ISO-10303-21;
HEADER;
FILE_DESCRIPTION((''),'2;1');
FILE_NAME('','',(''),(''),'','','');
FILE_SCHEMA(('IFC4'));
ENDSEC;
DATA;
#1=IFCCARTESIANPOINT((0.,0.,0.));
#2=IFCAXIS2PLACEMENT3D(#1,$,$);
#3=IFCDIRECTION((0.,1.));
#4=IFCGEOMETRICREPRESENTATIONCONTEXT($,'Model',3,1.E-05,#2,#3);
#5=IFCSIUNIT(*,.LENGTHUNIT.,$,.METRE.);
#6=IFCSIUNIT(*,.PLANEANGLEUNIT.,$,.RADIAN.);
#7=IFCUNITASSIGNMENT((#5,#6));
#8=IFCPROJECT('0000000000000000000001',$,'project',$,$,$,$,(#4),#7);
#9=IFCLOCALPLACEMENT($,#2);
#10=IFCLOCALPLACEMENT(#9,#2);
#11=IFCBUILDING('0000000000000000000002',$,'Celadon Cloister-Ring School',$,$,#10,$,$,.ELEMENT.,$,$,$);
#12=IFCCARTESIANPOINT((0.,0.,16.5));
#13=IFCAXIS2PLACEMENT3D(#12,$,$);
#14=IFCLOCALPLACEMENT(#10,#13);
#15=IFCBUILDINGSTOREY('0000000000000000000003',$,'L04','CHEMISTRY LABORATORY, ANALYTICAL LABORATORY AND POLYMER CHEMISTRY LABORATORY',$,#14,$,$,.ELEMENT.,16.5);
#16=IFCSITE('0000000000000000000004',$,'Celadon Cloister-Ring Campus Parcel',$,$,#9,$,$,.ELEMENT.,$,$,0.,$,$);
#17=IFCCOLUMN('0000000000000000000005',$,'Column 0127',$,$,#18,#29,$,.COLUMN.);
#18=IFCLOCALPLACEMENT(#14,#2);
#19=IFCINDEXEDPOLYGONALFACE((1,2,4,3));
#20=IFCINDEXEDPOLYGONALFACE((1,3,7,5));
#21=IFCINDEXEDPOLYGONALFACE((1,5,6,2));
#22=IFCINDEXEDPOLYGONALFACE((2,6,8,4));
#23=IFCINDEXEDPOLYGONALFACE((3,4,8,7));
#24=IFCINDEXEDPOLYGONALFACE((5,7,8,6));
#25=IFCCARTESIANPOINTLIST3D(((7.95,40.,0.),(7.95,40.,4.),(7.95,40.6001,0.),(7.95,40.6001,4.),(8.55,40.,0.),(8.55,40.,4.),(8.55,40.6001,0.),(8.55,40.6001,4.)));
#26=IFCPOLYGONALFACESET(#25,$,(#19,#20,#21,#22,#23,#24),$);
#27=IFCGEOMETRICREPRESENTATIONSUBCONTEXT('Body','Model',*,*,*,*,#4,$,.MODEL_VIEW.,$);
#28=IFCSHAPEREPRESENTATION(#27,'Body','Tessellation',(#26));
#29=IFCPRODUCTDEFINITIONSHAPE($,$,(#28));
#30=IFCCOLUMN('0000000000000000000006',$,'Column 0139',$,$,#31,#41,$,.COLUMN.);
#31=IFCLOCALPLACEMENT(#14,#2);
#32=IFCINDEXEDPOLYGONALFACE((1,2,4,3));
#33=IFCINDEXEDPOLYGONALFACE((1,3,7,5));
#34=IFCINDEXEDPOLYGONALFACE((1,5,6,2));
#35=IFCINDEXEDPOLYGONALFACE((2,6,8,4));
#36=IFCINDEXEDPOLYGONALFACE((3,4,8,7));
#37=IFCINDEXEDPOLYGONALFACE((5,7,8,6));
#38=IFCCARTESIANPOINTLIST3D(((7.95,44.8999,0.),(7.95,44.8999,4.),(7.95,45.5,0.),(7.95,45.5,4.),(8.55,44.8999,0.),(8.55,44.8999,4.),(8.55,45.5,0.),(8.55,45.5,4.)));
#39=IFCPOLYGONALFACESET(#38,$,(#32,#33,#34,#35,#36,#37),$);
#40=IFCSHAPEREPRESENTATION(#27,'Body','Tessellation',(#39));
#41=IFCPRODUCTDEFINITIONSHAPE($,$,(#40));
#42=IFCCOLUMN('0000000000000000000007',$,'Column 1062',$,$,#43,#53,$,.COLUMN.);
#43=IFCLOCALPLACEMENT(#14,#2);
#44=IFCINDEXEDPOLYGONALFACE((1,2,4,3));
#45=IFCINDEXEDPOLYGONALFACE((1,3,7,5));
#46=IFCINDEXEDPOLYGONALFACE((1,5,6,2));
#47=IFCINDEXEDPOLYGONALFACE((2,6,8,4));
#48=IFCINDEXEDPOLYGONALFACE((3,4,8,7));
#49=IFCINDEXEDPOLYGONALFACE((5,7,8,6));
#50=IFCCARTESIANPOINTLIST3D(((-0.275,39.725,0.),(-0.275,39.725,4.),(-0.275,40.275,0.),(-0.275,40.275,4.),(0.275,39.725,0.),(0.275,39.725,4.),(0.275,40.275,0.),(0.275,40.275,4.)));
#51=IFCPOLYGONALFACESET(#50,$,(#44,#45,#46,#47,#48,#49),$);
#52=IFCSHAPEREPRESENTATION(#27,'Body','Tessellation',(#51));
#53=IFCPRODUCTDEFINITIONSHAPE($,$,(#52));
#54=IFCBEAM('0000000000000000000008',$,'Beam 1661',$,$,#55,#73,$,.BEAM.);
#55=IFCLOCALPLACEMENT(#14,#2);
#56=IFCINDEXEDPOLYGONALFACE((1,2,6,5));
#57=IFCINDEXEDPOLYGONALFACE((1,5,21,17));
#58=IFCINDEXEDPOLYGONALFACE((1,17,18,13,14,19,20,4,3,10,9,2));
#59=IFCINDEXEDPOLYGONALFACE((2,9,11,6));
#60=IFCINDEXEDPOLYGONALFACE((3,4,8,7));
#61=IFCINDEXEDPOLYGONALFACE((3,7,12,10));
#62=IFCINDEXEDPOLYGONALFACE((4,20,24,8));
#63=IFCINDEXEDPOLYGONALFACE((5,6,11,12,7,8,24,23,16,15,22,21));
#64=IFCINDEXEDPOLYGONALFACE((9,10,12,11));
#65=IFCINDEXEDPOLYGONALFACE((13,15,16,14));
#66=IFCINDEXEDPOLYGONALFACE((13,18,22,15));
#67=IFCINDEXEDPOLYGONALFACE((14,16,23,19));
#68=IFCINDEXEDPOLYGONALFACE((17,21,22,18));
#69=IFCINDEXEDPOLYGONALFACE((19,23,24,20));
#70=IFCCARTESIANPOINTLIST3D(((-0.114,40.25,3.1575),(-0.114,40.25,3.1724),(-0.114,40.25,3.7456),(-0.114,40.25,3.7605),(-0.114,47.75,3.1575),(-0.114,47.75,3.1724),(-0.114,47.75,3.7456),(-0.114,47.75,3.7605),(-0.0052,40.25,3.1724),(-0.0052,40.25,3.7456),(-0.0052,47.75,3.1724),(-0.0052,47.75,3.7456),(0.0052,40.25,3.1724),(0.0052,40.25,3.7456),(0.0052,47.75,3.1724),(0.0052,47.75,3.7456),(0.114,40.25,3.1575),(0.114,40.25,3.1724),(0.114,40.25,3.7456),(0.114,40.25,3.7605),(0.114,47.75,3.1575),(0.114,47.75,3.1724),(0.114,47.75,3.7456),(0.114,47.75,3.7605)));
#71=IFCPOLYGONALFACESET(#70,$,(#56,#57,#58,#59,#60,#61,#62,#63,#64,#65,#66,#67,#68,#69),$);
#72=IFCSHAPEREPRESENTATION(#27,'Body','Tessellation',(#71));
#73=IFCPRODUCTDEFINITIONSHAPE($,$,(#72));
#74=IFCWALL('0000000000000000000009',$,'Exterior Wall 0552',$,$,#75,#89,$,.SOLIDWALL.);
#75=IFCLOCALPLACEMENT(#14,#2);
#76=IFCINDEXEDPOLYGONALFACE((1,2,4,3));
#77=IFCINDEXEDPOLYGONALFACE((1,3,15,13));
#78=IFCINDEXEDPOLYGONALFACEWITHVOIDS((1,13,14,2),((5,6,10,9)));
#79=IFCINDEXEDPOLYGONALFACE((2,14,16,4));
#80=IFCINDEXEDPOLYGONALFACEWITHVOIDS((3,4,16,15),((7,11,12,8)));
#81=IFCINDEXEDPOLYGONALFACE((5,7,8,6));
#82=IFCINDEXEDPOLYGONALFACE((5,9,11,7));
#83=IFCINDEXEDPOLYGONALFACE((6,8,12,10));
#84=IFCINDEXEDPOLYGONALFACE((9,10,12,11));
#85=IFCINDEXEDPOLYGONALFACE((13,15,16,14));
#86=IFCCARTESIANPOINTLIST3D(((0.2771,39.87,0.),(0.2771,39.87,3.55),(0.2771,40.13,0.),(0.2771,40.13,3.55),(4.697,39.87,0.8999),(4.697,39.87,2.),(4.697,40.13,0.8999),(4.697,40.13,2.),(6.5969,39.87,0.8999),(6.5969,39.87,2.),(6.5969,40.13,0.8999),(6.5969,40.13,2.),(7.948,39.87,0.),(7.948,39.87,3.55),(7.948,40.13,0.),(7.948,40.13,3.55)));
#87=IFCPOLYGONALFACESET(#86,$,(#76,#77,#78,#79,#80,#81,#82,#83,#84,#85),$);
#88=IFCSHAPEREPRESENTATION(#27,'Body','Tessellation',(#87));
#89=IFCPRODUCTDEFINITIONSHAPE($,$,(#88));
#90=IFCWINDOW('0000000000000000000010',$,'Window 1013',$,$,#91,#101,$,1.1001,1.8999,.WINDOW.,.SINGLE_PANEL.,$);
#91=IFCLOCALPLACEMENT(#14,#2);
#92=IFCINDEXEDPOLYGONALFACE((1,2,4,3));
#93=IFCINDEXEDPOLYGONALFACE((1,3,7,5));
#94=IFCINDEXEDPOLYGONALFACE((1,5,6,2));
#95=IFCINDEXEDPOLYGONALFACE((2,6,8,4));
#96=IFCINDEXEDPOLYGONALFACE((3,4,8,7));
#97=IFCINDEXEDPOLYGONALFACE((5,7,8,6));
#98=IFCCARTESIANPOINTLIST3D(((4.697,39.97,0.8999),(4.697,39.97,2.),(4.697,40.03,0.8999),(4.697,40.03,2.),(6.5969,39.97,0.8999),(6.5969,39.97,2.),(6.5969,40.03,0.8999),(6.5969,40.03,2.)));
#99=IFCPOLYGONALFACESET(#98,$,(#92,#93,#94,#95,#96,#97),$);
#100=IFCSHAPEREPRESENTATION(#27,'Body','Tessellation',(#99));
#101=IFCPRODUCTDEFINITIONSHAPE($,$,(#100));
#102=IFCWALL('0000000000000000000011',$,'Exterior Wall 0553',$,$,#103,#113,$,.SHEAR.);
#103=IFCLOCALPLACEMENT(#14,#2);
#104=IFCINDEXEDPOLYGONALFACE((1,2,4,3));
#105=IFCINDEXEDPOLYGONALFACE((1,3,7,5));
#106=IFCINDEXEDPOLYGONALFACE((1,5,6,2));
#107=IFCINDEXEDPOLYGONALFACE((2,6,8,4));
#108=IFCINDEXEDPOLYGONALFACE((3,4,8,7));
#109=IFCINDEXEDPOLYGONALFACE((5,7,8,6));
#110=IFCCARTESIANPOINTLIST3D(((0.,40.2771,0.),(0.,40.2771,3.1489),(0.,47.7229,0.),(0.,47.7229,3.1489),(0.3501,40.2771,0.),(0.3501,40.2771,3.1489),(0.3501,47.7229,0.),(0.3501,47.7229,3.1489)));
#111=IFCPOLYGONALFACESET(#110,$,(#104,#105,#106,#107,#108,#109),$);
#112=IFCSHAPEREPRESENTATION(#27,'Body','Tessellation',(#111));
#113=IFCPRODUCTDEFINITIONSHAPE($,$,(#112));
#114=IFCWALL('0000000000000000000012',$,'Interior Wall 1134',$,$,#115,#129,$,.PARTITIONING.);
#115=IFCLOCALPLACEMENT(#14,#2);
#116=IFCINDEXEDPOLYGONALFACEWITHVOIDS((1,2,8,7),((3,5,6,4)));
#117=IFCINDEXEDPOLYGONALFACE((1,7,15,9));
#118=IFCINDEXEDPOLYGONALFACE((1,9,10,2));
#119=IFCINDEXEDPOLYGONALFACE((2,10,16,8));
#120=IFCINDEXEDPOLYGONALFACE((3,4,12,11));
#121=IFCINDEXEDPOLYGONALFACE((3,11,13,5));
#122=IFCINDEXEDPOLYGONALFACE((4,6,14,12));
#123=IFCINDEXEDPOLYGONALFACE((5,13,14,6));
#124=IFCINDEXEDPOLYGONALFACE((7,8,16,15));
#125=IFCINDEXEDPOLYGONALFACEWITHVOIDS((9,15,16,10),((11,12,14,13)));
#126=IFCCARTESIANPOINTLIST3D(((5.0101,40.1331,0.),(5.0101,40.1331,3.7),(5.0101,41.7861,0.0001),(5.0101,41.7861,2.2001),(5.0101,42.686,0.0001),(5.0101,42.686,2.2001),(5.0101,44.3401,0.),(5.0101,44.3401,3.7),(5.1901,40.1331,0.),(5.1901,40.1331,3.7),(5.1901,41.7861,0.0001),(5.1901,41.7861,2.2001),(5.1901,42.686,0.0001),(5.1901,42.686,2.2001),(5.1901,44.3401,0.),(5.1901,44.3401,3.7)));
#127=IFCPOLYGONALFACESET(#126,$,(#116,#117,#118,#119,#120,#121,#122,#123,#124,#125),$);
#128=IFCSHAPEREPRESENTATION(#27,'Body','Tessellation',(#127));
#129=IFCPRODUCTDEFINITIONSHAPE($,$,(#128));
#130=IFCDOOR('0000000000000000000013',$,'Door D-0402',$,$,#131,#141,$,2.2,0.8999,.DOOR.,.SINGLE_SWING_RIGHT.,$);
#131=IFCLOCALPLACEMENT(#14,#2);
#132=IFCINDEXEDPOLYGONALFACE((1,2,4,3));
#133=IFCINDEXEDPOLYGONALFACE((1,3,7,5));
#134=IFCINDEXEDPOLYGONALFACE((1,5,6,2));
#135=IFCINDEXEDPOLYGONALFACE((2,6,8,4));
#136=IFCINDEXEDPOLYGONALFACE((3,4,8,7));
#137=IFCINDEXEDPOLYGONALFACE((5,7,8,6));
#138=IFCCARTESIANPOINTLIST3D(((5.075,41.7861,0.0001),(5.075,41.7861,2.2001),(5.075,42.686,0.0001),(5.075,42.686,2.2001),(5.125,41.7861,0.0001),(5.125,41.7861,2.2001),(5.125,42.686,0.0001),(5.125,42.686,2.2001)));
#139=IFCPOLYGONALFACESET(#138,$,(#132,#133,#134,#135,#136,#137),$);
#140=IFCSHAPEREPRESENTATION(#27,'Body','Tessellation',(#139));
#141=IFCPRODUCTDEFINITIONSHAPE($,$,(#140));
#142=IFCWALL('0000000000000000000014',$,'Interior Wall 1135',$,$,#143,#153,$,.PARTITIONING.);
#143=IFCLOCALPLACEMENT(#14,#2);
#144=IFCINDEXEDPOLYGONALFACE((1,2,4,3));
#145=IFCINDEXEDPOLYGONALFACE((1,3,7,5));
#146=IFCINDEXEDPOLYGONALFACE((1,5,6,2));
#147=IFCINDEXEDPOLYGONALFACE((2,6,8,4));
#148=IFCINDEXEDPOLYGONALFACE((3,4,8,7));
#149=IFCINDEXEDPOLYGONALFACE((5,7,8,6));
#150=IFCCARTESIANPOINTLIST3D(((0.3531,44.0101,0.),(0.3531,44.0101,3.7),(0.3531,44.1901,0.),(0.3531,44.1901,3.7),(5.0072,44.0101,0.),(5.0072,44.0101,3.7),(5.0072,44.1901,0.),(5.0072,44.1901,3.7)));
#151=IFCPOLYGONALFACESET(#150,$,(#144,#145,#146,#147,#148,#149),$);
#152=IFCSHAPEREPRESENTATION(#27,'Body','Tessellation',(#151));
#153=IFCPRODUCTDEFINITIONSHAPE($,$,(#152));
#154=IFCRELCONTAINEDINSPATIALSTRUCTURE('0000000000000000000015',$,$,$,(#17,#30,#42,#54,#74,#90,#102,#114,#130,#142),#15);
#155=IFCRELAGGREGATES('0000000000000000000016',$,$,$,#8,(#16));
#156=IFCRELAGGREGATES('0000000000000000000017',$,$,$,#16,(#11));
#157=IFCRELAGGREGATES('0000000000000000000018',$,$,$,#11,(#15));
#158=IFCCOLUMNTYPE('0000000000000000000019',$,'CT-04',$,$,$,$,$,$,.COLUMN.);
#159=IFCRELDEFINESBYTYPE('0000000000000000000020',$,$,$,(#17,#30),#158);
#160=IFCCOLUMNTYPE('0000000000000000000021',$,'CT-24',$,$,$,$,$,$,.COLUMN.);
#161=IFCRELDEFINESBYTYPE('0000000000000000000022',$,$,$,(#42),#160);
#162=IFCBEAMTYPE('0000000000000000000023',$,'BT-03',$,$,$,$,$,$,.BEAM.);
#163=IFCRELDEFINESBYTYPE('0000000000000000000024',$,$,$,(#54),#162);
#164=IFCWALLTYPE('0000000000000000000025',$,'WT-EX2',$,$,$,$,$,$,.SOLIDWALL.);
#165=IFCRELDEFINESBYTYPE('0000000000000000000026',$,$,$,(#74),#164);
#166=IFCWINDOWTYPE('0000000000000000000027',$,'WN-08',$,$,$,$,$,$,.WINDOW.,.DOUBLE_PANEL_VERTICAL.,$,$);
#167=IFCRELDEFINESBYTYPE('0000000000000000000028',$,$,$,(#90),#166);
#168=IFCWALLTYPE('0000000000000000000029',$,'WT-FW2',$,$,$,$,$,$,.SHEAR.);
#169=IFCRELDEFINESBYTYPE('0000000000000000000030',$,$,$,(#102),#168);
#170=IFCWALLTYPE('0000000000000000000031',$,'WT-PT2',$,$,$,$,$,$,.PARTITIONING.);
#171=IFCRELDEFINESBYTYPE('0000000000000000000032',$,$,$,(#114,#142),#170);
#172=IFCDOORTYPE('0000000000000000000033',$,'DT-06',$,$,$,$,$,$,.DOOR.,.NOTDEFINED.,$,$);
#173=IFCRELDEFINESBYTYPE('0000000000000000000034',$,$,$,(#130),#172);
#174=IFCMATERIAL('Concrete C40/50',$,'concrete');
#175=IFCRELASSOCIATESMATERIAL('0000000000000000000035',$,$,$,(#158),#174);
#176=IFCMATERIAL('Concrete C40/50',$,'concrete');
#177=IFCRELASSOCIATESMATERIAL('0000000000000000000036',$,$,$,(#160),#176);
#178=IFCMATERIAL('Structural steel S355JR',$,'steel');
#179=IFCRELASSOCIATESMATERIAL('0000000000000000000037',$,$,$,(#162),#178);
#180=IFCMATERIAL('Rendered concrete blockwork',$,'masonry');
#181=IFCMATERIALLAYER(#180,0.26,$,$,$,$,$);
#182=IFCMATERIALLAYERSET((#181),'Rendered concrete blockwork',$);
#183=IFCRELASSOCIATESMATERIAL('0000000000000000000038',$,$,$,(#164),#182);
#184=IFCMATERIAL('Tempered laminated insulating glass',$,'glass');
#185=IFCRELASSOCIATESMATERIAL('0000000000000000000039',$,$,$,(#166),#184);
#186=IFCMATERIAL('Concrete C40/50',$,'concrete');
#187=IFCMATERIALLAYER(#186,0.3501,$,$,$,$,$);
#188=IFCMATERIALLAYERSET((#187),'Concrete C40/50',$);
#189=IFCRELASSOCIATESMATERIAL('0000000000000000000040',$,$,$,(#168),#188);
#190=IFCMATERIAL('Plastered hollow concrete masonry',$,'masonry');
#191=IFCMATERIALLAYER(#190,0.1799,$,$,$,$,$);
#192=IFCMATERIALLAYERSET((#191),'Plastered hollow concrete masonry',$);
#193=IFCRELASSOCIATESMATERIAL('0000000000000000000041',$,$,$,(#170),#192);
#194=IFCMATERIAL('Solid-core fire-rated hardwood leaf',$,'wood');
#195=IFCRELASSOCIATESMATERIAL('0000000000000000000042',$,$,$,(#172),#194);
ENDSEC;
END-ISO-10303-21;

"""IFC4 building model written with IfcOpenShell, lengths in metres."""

from ifc_helpers import new_model, si_unit, direction, frame, frame_2d, origin, origin_2d, place, context, subcontext, project, spatial, rectangle, i_section, extrude, material, layer, layer_set, material_profile, profile_set, type_object, element, fill, save


model = new_model("IFC4")

# Units and contexts
model_context = context("Model", 3, precision=1e-05, world=origin(), true_north=direction((0.0, 1.0)))
body_context = subcontext(model_context, "Body", "Model", "MODEL_VIEW")
ifc_project = project(units=[si_unit("LENGTHUNIT", "METRE"), si_unit("PLANEANGLEUNIT", "RADIAN")], contexts=[model_context])

# Site, building, storey
site_placement = place(None, origin())
site = spatial("IfcSite", under=ifc_project, at=site_placement, Name="Celadon Cloister-Ring Campus Parcel", CompositionType="ELEMENT", RefElevation=0.0)
building_placement = place(site_placement, origin())
building = spatial("IfcBuilding", under=site, at=building_placement, Name="Celadon Cloister-Ring School", CompositionType="ELEMENT")
storey_placement = place(building_placement, frame((0.0, 0.0, 16.5)))
storey = spatial("IfcBuildingStorey", under=building, at=storey_placement, Name="L04", Description="CHEMISTRY LABORATORY, ANALYTICAL LABORATORY AND POLYMER CHEMISTRY LABORATORY", CompositionType="ELEMENT", Elevation=16.5)

# Columns
ifc_material_1 = material(Name="Concrete C40/50", Category="concrete")
ifc_material_profile_1 = material_profile(ifc_material_1, rectangle(XDim=0.6001, YDim=0.6001, at=origin_2d()), Name="RC600X600")
ifc_profile_set_1 = profile_set([ifc_material_profile_1], Name="Concrete C40/50")
column_type_1 = type_object("IfcColumnType", Name="CT-04", PredefinedType="COLUMN", material=ifc_profile_set_1)
for number, where, z_axis, x_axis, name in (
    (1, (8.25, 40.3, 0.0), (0.0, 0.0, 1.0), (1.0, 0.0, 0.0), "Column 0127"),
    (2, (8.25, 45.2, 0.0), (0.0, 0.0, 1.0), (1.0, 0.0, 0.0), "Column 0139"),
):
    element("IfcColumn", number, at=place(storey_placement, frame(where, z_axis=z_axis, x_axis=x_axis)), inside=storey, type_object=column_type_1, Name=name, PredefinedType="COLUMN", context=body_context, shape_type="SweptSolid", body=[
        extrude(rectangle(XDim=0.6001, YDim=0.6001, at=origin_2d()), origin(), (0.0, 0.0, 1.0), 4.0),
    ])
ifc_material_2 = material(Name="Concrete C40/50", Category="concrete")
ifc_material_profile_2 = material_profile(ifc_material_2, rectangle(XDim=0.55, YDim=0.55, at=origin_2d()), Name="RC550X550")
ifc_profile_set_2 = profile_set([ifc_material_profile_2], Name="Concrete C40/50")
column_type_2 = type_object("IfcColumnType", Name="CT-24", PredefinedType="COLUMN", material=ifc_profile_set_2)
column_placement = place(storey_placement, frame((0.0, 40.0, 0.0), z_axis=(0.0, 0.0, 1.0), x_axis=(1.0, 0.0, 0.0)))
element("IfcColumn", 3, at=column_placement, inside=storey, type_object=column_type_2, Name="Column 1062", PredefinedType="COLUMN", context=body_context, shape_type="SweptSolid", body=[
    extrude(rectangle(XDim=0.55, YDim=0.55, at=origin_2d()), origin(), (0.0, 0.0, 1.0), 4.0),
])

# Beam
ifc_material_3 = material(Name="Structural steel S355JR", Category="steel")
ifc_material_profile_3 = material_profile(ifc_material_3, i_section(OverallWidth=0.228, OverallDepth=0.603, WebThickness=0.0105, FlangeThickness=0.0149, at=origin_2d()), Name="W610X101")
ifc_profile_set_3 = profile_set([ifc_material_profile_3], Name="Structural steel S355JR")
beam_type = type_object("IfcBeamType", Name="BT-03", PredefinedType="BEAM", material=ifc_profile_set_3)
beam_placement = place(storey_placement, frame((0.0, 40.25, 3.459), z_axis=(0.0, 1.0, 0.0), x_axis=(-1.0, 0.0, 0.0)))
element("IfcBeam", 4, at=beam_placement, inside=storey, type_object=beam_type, Name="Beam 1661", PredefinedType="BEAM", context=body_context, shape_type="SweptSolid", body=[
    extrude(i_section(OverallWidth=0.228, OverallDepth=0.603, WebThickness=0.0105, FlangeThickness=0.0149, at=origin_2d()), origin(), (0.0, 0.0, 1.0), 7.5),
])

# Wall, opening, window
ifc_material_4 = material(Name="Rendered concrete blockwork", Category="masonry")
ifc_layer_1 = layer(ifc_material_4, 0.26)
ifc_layer_set_1 = layer_set([ifc_layer_1], Name="Rendered concrete blockwork")
wall_type_1 = type_object("IfcWallType", Name="WT-EX2", PredefinedType="SOLIDWALL", material=ifc_layer_set_1)
wall_1_placement = place(storey_placement, frame((7.948, 40.0, 0.0), z_axis=(0.0, 0.0, 1.0), x_axis=(-1.0, 0.0, 0.0)))
wall_1 = element("IfcWall", 5, at=wall_1_placement, inside=storey, type_object=wall_type_1, Name="Exterior Wall 0552", PredefinedType="SOLIDWALL", context=body_context, shape_type="SweptSolid", body=[
    extrude(rectangle(XDim=7.6709, YDim=0.26, at=frame_2d((3.8354, 0.0))), origin(), (0.0, 0.0, 1.0), 3.55),
])
opening_1_placement = place(wall_1_placement, frame((1.3511, 0.0, 0.8999)))
opening_1 = element("IfcOpeningElement", 6, at=opening_1_placement, cuts=wall_1, PredefinedType="OPENING", context=body_context, shape_type="SweptSolid", body=[
    extrude(rectangle(XDim=1.8999, YDim=1.1001, at=frame_2d((0.95, 0.55))), frame((0.0, 0.1401, 0.0), z_axis=(0.0, -1.0, 0.0), x_axis=(1.0, 0.0, 0.0)), (0.0, 0.0, 1.0), 0.28),
])
ifc_material_5 = material(Name="Tempered laminated insulating glass", Category="glass")
window_type = type_object("IfcWindowType", Name="WN-08", PartitioningType="DOUBLE_PANEL_VERTICAL", PredefinedType="WINDOW", material=ifc_material_5)
window_placement = place(opening_1_placement, origin())
window = element("IfcWindow", 7, at=window_placement, inside=storey, type_object=window_type, Name="Window 1013", OverallHeight=1.1001, OverallWidth=1.8999, PartitioningType="SINGLE_PANEL", PredefinedType="WINDOW", context=body_context, shape_type="SweptSolid", body=[
    extrude(rectangle(XDim=1.8999, YDim=1.1001, at=frame_2d((0.95, 0.55))), frame((0.0, 0.03, 0.0), z_axis=(0.0, -1.0, 0.0), x_axis=(1.0, 0.0, 0.0)), (0.0, 0.0, 1.0), 0.0601),
])
fill(opening_1, window)

# Wall
ifc_material_6 = material(Name="Concrete C40/50", Category="concrete")
ifc_layer_2 = layer(ifc_material_6, 0.3501)
ifc_layer_set_2 = layer_set([ifc_layer_2], Name="Concrete C40/50")
wall_type_2 = type_object("IfcWallType", Name="WT-FW2", PredefinedType="SHEAR", material=ifc_layer_set_2)
wall_2_placement = place(storey_placement, frame((0.175, 40.2771, 0.0), z_axis=(0.0, 0.0, 1.0), x_axis=(0.0, 1.0, 0.0)))
element("IfcWall", 8, at=wall_2_placement, inside=storey, type_object=wall_type_2, Name="Exterior Wall 0553", PredefinedType="SHEAR", context=body_context, shape_type="SweptSolid", body=[
    extrude(rectangle(XDim=7.4458, YDim=0.3501, at=frame_2d((3.7229, 0.0))), origin(), (0.0, 0.0, 1.0), 3.1489),
])

# Wall, opening, door
ifc_material_7 = material(Name="Plastered hollow concrete masonry", Category="masonry")
ifc_layer_3 = layer(ifc_material_7, 0.1799)
ifc_layer_set_3 = layer_set([ifc_layer_3], Name="Plastered hollow concrete masonry")
wall_type_3 = type_object("IfcWallType", Name="WT-PT2", PredefinedType="PARTITIONING", material=ifc_layer_set_3)
wall_3_placement = place(storey_placement, frame((5.1001, 44.3401, 0.0), z_axis=(0.0, 0.0, 1.0), x_axis=(0.0, -1.0, 0.0)))
wall_3 = element("IfcWall", 9, at=wall_3_placement, inside=storey, type_object=wall_type_3, Name="Interior Wall 1134", PredefinedType="PARTITIONING", context=body_context, shape_type="SweptSolid", body=[
    extrude(rectangle(XDim=4.207, YDim=0.1799, at=frame_2d((2.1035, 0.0))), origin(), (0.0, 0.0, 1.0), 3.7),
])
opening_2_placement = place(wall_3_placement, frame((1.6541, 0.0, 0.0)))
opening_2 = element("IfcOpeningElement", 10, at=opening_2_placement, cuts=wall_3, PredefinedType="OPENING", context=body_context, shape_type="SweptSolid", body=[
    extrude(rectangle(XDim=0.8999, YDim=2.2, at=frame_2d((0.45, 1.1001))), frame((0.0, 0.1001, 0.0), z_axis=(0.0, -1.0, 0.0), x_axis=(1.0, 0.0, 0.0)), (0.0, 0.0, 1.0), 0.2),
])
ifc_material_8 = material(Name="Solid-core fire-rated hardwood leaf", Category="wood")
door_type_1 = type_object("IfcDoorType", Name="DT-06", OperationType="NOTDEFINED", PredefinedType="DOOR", material=ifc_material_8)
door_1_placement = place(opening_2_placement, origin())
door_1 = element("IfcDoor", 11, at=door_1_placement, inside=storey, type_object=door_type_1, Name="Door D-0402", OperationType="SINGLE_SWING_RIGHT", OverallHeight=2.2, OverallWidth=0.8999, PredefinedType="DOOR", context=body_context, shape_type="SweptSolid", body=[
    extrude(rectangle(XDim=0.8999, YDim=2.2, at=frame_2d((0.45, 1.1001))), frame((0.0, 0.0249, 0.0), z_axis=(0.0, -1.0, 0.0), x_axis=(1.0, 0.0, 0.0)), (0.0, 0.0, 1.0), 0.05),
])
fill(opening_2, door_1)

# Wall
wall_4_placement = place(storey_placement, frame((0.353, 44.1001, 0.0), z_axis=(0.0, 0.0, 1.0), x_axis=(1.0, 0.0, 0.0)))
element("IfcWall", 12, at=wall_4_placement, inside=storey, type_object=wall_type_3, Name="Interior Wall 1135", PredefinedType="PARTITIONING", context=body_context, shape_type="SweptSolid", body=[
    extrude(rectangle(XDim=4.6541, YDim=0.1799, at=frame_2d((2.3271, 0.0))), origin(), (0.0, 0.0, 1.0), 3.7),
])

save(model, "model.ifc")
